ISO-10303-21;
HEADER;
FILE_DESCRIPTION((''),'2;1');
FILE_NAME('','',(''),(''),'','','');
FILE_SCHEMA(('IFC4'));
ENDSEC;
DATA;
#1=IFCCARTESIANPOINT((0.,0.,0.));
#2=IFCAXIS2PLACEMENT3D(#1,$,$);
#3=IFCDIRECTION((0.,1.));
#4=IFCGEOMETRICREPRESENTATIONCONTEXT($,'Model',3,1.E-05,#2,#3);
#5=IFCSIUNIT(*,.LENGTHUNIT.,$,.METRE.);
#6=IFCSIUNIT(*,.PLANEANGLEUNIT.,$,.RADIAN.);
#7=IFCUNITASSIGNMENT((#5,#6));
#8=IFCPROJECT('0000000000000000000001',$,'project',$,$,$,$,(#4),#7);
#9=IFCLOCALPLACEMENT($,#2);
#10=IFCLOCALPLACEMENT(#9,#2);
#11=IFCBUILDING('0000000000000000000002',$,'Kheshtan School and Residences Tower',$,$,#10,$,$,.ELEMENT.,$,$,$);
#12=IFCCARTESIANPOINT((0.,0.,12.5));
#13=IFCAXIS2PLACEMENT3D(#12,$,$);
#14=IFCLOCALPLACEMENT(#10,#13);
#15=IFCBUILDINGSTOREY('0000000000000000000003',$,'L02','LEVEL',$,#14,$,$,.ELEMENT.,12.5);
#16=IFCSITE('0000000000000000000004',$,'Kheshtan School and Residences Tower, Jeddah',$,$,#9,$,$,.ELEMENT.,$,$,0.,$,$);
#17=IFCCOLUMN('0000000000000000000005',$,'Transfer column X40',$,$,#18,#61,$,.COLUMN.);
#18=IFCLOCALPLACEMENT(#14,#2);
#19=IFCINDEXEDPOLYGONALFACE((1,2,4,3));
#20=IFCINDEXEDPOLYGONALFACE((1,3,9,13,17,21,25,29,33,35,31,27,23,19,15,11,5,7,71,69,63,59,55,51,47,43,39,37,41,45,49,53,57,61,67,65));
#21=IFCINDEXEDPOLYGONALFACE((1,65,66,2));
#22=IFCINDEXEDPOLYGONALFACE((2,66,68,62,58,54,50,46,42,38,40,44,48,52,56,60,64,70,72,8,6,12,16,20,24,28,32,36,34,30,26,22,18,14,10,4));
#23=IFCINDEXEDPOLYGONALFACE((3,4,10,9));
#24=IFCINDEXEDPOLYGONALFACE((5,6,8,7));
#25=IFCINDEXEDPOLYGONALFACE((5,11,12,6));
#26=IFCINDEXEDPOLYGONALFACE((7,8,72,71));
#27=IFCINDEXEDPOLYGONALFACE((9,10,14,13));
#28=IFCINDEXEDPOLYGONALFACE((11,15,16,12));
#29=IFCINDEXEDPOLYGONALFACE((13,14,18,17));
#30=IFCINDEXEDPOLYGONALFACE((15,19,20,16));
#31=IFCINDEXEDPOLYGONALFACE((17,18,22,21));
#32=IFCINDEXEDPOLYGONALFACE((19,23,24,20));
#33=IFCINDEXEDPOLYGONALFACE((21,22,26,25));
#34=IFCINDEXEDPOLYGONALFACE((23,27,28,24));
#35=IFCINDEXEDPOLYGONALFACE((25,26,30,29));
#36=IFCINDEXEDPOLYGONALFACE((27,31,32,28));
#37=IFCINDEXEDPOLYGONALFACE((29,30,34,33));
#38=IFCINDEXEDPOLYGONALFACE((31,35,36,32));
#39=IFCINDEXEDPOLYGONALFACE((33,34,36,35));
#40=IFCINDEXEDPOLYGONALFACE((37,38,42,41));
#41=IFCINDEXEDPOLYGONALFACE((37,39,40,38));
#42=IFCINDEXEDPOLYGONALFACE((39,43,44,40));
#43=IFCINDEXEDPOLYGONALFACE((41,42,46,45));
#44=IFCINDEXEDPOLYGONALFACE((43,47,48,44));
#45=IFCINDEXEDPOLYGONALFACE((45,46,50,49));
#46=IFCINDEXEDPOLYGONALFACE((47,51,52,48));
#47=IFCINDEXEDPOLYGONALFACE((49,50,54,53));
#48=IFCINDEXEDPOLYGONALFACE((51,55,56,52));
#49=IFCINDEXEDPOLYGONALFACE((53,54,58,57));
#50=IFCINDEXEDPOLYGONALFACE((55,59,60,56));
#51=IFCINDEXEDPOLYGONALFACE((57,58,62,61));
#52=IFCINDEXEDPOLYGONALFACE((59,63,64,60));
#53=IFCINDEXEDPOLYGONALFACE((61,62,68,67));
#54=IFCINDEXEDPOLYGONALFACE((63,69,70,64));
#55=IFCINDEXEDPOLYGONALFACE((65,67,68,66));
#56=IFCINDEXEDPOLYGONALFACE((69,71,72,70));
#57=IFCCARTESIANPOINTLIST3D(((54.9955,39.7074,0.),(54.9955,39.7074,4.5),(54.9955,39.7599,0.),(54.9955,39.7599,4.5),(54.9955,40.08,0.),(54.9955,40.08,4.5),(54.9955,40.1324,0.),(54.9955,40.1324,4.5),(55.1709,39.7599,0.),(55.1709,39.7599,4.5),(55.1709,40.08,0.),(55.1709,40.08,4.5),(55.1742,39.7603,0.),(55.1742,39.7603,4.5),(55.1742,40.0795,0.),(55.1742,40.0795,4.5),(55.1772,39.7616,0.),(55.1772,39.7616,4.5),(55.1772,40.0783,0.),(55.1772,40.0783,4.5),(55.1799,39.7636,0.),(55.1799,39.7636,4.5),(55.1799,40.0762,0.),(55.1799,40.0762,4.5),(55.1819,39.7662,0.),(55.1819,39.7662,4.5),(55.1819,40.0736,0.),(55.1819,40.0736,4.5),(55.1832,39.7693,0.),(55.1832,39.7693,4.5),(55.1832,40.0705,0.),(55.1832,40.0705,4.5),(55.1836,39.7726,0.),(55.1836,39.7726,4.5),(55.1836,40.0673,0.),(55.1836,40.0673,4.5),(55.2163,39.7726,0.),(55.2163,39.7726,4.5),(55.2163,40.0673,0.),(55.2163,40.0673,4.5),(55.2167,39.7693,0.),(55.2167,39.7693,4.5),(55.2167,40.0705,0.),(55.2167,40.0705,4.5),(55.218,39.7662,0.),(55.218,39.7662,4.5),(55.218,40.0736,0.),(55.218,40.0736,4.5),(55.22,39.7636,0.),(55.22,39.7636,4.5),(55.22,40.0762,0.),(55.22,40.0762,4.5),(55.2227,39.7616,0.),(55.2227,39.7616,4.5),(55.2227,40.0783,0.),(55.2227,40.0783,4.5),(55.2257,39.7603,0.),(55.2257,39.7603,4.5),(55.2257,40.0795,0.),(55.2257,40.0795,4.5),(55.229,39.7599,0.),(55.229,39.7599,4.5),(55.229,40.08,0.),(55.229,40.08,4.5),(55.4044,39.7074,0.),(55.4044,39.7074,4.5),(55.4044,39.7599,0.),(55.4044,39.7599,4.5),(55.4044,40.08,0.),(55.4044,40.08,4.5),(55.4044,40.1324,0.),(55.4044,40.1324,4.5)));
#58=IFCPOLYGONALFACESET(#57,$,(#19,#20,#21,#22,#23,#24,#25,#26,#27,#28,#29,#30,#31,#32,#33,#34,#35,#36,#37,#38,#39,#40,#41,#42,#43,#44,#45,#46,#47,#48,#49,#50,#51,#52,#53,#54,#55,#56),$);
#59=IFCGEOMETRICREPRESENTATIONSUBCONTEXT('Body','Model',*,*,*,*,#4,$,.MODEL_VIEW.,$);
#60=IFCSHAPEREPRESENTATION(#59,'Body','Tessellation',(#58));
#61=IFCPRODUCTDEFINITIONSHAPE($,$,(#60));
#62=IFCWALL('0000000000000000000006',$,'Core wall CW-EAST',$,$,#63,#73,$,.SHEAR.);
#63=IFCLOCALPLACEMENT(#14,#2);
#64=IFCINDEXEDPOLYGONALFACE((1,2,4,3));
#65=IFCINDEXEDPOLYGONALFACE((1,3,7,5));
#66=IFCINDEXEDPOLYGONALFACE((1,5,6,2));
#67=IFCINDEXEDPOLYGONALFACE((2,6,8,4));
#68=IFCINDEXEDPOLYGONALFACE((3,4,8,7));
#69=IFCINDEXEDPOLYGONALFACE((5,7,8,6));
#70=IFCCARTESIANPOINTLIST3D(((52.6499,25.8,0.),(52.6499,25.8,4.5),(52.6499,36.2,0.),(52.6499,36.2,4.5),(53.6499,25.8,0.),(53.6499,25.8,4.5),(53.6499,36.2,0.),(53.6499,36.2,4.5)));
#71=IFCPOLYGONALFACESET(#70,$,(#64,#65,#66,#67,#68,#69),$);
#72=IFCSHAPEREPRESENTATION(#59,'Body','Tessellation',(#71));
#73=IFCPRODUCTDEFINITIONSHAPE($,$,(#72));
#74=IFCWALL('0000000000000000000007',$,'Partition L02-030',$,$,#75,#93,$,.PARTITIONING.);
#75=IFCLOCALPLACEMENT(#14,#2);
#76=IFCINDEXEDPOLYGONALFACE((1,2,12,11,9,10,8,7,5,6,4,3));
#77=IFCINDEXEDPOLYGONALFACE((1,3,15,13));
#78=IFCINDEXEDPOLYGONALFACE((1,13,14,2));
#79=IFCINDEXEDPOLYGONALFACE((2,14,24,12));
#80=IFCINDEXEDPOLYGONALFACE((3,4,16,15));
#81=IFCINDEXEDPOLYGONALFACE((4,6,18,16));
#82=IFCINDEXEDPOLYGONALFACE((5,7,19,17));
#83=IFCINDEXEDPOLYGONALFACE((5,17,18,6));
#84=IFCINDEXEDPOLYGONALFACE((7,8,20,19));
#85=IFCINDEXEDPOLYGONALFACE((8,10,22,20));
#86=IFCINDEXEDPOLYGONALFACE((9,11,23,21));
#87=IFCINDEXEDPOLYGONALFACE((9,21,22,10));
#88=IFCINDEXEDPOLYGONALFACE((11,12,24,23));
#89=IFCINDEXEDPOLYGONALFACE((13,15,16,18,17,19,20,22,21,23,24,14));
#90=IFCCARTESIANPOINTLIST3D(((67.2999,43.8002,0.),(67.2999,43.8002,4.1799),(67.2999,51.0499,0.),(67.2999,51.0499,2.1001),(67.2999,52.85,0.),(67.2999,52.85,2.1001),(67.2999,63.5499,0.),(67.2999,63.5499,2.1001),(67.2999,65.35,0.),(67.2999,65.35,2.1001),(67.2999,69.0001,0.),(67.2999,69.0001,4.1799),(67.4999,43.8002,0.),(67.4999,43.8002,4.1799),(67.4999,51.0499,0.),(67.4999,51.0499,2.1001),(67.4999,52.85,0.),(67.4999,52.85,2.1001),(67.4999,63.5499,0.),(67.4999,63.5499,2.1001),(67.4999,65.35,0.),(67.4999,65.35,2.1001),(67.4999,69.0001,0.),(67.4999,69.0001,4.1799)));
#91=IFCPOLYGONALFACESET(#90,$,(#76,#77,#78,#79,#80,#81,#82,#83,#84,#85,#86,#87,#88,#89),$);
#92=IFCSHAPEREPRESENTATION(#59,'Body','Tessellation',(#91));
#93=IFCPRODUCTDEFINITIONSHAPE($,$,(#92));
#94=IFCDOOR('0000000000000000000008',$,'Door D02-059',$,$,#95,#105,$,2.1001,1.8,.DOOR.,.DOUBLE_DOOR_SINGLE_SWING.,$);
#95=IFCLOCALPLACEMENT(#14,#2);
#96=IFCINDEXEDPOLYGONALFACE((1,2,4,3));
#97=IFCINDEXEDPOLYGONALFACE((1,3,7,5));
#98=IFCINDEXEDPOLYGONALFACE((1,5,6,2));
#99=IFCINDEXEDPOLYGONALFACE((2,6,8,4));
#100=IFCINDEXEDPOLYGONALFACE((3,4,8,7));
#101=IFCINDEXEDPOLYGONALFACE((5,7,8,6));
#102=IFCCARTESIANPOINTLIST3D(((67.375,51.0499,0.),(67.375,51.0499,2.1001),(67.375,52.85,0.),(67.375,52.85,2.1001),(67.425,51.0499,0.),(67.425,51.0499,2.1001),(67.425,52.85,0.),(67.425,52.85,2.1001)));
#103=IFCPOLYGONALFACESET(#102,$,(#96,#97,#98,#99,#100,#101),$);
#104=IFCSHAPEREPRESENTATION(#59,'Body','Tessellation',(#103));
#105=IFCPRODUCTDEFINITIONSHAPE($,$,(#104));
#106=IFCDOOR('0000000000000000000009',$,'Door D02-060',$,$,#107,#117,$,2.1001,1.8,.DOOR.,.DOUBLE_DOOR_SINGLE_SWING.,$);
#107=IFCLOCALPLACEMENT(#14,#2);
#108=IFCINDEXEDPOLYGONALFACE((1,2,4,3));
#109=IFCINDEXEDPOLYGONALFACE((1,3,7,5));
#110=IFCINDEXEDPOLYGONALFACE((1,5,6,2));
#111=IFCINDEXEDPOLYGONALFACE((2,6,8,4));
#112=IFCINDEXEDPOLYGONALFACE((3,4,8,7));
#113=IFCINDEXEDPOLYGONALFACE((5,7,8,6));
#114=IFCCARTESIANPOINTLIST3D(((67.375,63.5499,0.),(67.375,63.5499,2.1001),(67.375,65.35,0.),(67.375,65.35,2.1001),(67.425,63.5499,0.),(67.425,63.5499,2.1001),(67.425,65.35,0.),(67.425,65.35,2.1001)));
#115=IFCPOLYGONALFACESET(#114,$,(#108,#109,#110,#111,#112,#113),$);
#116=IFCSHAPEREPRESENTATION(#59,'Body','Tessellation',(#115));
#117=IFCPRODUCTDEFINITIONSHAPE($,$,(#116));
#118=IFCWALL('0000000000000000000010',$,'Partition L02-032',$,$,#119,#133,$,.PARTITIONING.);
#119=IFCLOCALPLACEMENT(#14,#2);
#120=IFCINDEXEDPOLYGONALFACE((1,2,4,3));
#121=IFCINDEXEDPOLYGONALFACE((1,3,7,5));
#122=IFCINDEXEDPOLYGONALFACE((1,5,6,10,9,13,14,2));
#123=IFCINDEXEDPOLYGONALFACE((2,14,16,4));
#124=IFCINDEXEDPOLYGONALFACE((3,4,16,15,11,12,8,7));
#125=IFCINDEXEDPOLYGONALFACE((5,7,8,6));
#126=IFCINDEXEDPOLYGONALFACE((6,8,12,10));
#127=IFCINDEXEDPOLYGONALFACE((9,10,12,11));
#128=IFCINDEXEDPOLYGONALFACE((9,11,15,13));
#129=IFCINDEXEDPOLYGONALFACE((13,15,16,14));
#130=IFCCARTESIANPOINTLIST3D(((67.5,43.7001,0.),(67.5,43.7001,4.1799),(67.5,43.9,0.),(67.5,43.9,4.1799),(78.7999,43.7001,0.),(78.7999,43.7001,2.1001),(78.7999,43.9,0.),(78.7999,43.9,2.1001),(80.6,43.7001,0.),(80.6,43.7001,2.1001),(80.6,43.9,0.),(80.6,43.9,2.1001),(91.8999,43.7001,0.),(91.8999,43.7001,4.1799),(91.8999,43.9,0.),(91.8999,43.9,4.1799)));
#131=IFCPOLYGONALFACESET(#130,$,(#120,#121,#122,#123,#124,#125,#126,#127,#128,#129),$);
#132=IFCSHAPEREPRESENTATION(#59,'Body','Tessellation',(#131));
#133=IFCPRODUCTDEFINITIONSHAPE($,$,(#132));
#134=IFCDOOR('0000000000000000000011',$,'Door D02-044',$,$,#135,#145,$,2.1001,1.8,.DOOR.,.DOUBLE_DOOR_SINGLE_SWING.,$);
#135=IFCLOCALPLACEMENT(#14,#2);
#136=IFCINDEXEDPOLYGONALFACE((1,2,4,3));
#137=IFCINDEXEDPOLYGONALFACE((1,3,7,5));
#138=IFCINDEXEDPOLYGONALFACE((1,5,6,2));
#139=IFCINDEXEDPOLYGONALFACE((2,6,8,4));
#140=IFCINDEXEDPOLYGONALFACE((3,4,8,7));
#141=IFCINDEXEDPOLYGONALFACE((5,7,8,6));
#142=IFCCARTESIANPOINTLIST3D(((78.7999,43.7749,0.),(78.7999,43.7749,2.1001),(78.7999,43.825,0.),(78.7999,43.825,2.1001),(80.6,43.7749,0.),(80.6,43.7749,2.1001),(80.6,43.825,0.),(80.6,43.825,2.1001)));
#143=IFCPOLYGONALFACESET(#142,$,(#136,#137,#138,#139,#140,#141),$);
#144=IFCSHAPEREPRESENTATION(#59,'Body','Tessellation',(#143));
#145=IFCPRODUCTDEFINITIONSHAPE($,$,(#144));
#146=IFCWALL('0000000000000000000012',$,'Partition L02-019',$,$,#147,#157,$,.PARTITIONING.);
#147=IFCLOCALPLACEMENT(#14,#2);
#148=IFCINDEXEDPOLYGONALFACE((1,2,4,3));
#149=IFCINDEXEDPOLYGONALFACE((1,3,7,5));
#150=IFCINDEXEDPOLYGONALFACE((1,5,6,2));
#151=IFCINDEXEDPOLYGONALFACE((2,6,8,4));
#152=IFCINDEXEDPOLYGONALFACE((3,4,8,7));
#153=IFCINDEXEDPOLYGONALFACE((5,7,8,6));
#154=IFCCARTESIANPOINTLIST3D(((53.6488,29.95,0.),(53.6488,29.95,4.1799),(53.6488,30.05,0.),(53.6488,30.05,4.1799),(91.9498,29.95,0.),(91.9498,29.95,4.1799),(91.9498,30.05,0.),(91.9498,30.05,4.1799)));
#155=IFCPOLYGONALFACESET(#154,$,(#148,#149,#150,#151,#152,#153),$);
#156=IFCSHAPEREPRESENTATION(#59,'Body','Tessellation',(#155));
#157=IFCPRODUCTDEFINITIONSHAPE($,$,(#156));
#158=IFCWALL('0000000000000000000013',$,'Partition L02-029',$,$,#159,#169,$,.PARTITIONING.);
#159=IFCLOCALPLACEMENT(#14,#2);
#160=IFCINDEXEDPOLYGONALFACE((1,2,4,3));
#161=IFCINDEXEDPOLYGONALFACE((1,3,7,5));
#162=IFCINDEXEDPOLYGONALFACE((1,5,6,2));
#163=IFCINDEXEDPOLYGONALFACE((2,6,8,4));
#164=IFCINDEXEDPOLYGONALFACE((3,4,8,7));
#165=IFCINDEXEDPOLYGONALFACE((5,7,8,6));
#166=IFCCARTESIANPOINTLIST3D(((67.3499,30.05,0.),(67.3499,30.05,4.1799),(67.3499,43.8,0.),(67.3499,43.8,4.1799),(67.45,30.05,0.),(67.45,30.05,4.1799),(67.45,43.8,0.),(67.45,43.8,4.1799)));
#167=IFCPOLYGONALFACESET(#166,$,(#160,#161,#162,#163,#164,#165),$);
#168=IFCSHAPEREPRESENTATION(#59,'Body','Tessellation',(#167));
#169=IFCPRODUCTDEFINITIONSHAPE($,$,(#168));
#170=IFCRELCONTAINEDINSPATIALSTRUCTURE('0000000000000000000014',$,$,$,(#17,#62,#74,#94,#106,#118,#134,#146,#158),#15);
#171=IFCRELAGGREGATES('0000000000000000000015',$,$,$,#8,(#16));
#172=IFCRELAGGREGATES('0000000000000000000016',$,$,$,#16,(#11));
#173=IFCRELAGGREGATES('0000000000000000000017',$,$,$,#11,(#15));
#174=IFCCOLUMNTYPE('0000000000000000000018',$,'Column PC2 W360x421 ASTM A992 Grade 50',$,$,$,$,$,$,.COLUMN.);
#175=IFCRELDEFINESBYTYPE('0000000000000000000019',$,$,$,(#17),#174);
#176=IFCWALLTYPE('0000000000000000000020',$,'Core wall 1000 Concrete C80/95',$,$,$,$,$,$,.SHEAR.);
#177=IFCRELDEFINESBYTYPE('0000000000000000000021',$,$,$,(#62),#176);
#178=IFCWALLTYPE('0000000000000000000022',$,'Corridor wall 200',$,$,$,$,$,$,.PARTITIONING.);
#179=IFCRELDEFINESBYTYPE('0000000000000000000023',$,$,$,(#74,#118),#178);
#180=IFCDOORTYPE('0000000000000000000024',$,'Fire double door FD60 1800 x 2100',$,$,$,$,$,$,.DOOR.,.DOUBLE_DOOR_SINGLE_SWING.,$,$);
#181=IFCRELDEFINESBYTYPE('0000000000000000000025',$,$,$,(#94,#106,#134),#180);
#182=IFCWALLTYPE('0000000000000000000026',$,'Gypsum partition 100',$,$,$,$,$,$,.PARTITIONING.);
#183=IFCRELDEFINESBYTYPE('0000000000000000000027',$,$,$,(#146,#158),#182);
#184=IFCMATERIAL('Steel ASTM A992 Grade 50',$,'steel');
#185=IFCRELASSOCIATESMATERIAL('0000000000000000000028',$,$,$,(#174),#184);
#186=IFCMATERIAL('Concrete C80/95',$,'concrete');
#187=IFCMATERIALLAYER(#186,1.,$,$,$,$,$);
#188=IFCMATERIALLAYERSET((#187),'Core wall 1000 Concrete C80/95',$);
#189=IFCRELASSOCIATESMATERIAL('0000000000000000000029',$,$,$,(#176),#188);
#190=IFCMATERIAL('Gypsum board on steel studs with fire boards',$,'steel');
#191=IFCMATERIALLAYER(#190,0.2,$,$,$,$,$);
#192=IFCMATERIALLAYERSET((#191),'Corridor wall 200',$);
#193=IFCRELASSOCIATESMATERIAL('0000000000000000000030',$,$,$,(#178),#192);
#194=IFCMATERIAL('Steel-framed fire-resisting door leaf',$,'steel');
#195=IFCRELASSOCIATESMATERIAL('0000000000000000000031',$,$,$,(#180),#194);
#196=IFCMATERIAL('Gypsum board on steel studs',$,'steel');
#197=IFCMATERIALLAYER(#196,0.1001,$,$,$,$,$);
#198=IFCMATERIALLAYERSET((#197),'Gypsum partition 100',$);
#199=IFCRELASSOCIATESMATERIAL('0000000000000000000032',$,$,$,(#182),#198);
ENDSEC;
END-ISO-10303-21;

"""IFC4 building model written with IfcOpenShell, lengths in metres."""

from ifc_helpers import new_model, si_unit, direction, frame, frame_2d, origin, origin_2d, place, context, subcontext, project, spatial, rectangle, i_section, extrude, source, transform, mapped, material, layer, layer_set, material_profile, profile_set, type_object, element, fill, save


model = new_model("IFC4")

# Units and contexts
model_context = context("Model", 3, precision=1e-05, world=origin(), true_north=direction((0.0, 1.0)))
body_context = subcontext(model_context, "Body", "Model", "MODEL_VIEW")
ifc_project = project(units=[si_unit("LENGTHUNIT", "METRE"), si_unit("PLANEANGLEUNIT", "RADIAN")], contexts=[model_context])

# Site, building, storey
site_placement = place(None, origin())
site = spatial("IfcSite", under=ifc_project, at=site_placement, Name="Kheshtan School and Residences Tower, Jeddah", CompositionType="ELEMENT", RefElevation=0.0)
building_placement = place(site_placement, origin())
building = spatial("IfcBuilding", under=site, at=building_placement, Name="Kheshtan School and Residences Tower", CompositionType="ELEMENT")
storey_placement = place(building_placement, frame((0.0, 0.0, 12.5)))
storey = spatial("IfcBuildingStorey", under=building, at=storey_placement, Name="L02", Description="LEVEL", CompositionType="ELEMENT", Elevation=12.5)

# Column
ifc_material_1 = material(Name="Steel ASTM A992 Grade 50", Category="steel")
ifc_material_profile = material_profile(ifc_material_1, i_section(OverallWidth=0.4089, OverallDepth=0.425, WebThickness=0.0327, FlangeThickness=0.0525, FilletRadius=0.0127, at=origin_2d()), Name="W360x421")
ifc_profile_set = profile_set([ifc_material_profile], Name="Steel ASTM A992 Grade 50")
column_type = type_object("IfcColumnType", Name="Column PC2 W360x421 ASTM A992 Grade 50", PredefinedType="COLUMN", material=ifc_profile_set)
for number, where, z_axis, x_axis, name in (
    (1, (55.2, 39.9199, 0.0), (0.0, 0.0, 1.0), (1.0, 0.0, 0.0), "Transfer column X40"),
):
    element("IfcColumn", number, at=place(storey_placement, frame(where, z_axis=z_axis, x_axis=x_axis)), inside=storey, type_object=column_type, Name=name, PredefinedType="COLUMN", context=body_context, shape_type="SweptSolid", body=[
        extrude(i_section(OverallWidth=0.4089, OverallDepth=0.425, WebThickness=0.0327, FlangeThickness=0.0525, FilletRadius=0.0127, at=origin_2d()), origin(), (0.0, 0.0, 1.0), 4.5),
    ])

# Wall
ifc_material_2 = material(Name="Concrete C80/95", Category="concrete")
ifc_layer_1 = layer(ifc_material_2, 1.0)
ifc_layer_set_1 = layer_set([ifc_layer_1], Name="Core wall 1000 Concrete C80/95")
wall_type_1 = type_object("IfcWallType", Name="Core wall 1000 Concrete C80/95", PredefinedType="SHEAR", material=ifc_layer_set_1)
wall_1_placement = place(storey_placement, frame((53.1499, 25.8, 0.0), z_axis=(0.0, 0.0, 1.0), x_axis=(0.0, 1.0, 0.0)))
element("IfcWall", 2, at=wall_1_placement, inside=storey, type_object=wall_type_1, Name="Core wall CW-EAST", PredefinedType="SHEAR", context=body_context, shape_type="SweptSolid", body=[
    extrude(rectangle(XDim=10.3999, YDim=1.0, at=frame_2d((5.2, 0.0))), origin(), (0.0, 0.0, 1.0), 4.5),
])

# Wall, openings, doors
ifc_material_3 = material(Name="Gypsum board on steel studs with fire boards", Category="steel")
ifc_layer_2 = layer(ifc_material_3, 0.2)
ifc_layer_set_2 = layer_set([ifc_layer_2], Name="Corridor wall 200")
wall_type_2 = type_object("IfcWallType", Name="Corridor wall 200", PredefinedType="PARTITIONING", material=ifc_layer_set_2)
wall_2_placement = place(storey_placement, frame((67.3999, 43.8, 0.0), z_axis=(0.0, 0.0, 1.0), x_axis=(0.0, 1.0, 0.0)))
wall_2 = element("IfcWall", 3, at=wall_2_placement, inside=storey, type_object=wall_type_2, Name="Partition L02-030", PredefinedType="PARTITIONING", context=body_context, shape_type="SweptSolid", body=[
    extrude(rectangle(XDim=25.2, YDim=0.2, at=frame_2d((12.6001, 0.0))), origin(), (0.0, 0.0, 1.0), 4.1799),
])
opening_1_placement = place(wall_2_placement, frame((7.25, 0.0, 0.0)))
opening_1 = element("IfcOpeningElement", 4, at=opening_1_placement, cuts=wall_2, PredefinedType="OPENING", context=body_context, shape_type="SweptSolid", body=[
    extrude(rectangle(XDim=1.8, YDim=2.1001, at=frame_2d((0.8999, 1.05))), frame((0.0, 0.1099, 0.0), z_axis=(0.0, -1.0, 0.0), x_axis=(1.0, 0.0, 0.0)), (0.0, 0.0, 1.0), 0.22),
])
opening_2_placement = place(wall_2_placement, frame((19.75, 0.0, 0.0)))
opening_2 = element("IfcOpeningElement", 5, at=opening_2_placement, cuts=wall_2, PredefinedType="OPENING", context=body_context, shape_type="SweptSolid", body=[
    extrude(rectangle(XDim=1.8, YDim=2.1001, at=frame_2d((0.8999, 1.05))), frame((0.0, 0.1099, 0.0), z_axis=(0.0, -1.0, 0.0), x_axis=(1.0, 0.0, 0.0)), (0.0, 0.0, 1.0), 0.22),
])
ifc_material_4 = material(Name="Steel-framed fire-resisting door leaf", Category="steel")
door_type = type_object("IfcDoorType", Name="Fire double door FD60 1800 x 2100", OperationType="DOUBLE_DOOR_SINGLE_SWING", PredefinedType="DOOR", material=ifc_material_4)
shared_shape = source(origin(), body_context, "Body", "SweptSolid", [
    extrude(rectangle(XDim=1.8, YDim=2.1001, at=frame_2d((0.8999, 1.05))), frame((0.0, 0.0249, 0.0), z_axis=(0.0, -1.0, 0.0), x_axis=(1.0, 0.0, 0.0)), (0.0, 0.0, 1.0), 0.05),
])
door_1_placement = place(opening_1_placement, origin())
door_1 = element("IfcDoor", 6, at=door_1_placement, inside=storey, type_object=door_type, Name="Door D02-059", OperationType="DOUBLE_DOOR_SINGLE_SWING", OverallHeight=2.1001, OverallWidth=1.8, PredefinedType="DOOR", context=body_context, shape_type="MappedRepresentation", body=[
    mapped(shared_shape, transform((0.0, 0.0, 0.0), x_axis=(1.0, 0.0, 0.0), y_axis=(0.0, 1.0, 0.0), z_axis=(0.0, 0.0, 1.0), scale=1.0)),
])
fill(opening_1, door_1)
door_2_placement = place(opening_2_placement, origin())
door_2 = element("IfcDoor", 7, at=door_2_placement, inside=storey, type_object=door_type, Name="Door D02-060", OperationType="DOUBLE_DOOR_SINGLE_SWING", OverallHeight=2.1001, OverallWidth=1.8, PredefinedType="DOOR", context=body_context, shape_type="MappedRepresentation", body=[
    mapped(shared_shape, transform((0.0, 0.0, 0.0), x_axis=(1.0, 0.0, 0.0), y_axis=(0.0, 1.0, 0.0), z_axis=(0.0, 0.0, 1.0), scale=1.0)),
])
fill(opening_2, door_2)

# Wall, opening, door
wall_3_placement = place(storey_placement, frame((67.5, 43.8, 0.0), z_axis=(0.0, 0.0, 1.0), x_axis=(1.0, 0.0, 0.0)))
wall_3 = element("IfcWall", 8, at=wall_3_placement, inside=storey, type_object=wall_type_2, Name="Partition L02-032", PredefinedType="PARTITIONING", context=body_context, shape_type="SweptSolid", body=[
    extrude(rectangle(XDim=24.3999, YDim=0.2, at=frame_2d((12.2, 0.0))), origin(), (0.0, 0.0, 1.0), 4.1799),
])
opening_3_placement = place(wall_3_placement, frame((11.3, 0.0, 0.0)))
opening_3 = element("IfcOpeningElement", 9, at=opening_3_placement, cuts=wall_3, PredefinedType="OPENING", context=body_context, shape_type="SweptSolid", body=[
    extrude(rectangle(XDim=1.8, YDim=2.1001, at=frame_2d((0.8999, 1.05))), frame((0.0, 0.1099, 0.0), z_axis=(0.0, -1.0, 0.0), x_axis=(1.0, 0.0, 0.0)), (0.0, 0.0, 1.0), 0.22),
])
door_3_placement = place(opening_3_placement, origin())
door_3 = element("IfcDoor", 10, at=door_3_placement, inside=storey, type_object=door_type, Name="Door D02-044", OperationType="DOUBLE_DOOR_SINGLE_SWING", OverallHeight=2.1001, OverallWidth=1.8, PredefinedType="DOOR", context=body_context, shape_type="MappedRepresentation", body=[
    mapped(shared_shape, transform((0.0, 0.0, 0.0), x_axis=(1.0, 0.0, 0.0), y_axis=(0.0, 1.0, 0.0), z_axis=(0.0, 0.0, 1.0), scale=1.0)),
])
fill(opening_3, door_3)

# Walls
ifc_material_5 = material(Name="Gypsum board on steel studs", Category="steel")
ifc_layer_3 = layer(ifc_material_5, 0.1001)
ifc_layer_set_3 = layer_set([ifc_layer_3], Name="Gypsum partition 100")
wall_type_3 = type_object("IfcWallType", Name="Gypsum partition 100", PredefinedType="PARTITIONING", material=ifc_layer_set_3)
wall_4_placement = place(storey_placement, frame((53.6489, 30.0, 0.0), z_axis=(0.0, 0.0, 1.0), x_axis=(1.0, 0.0, 0.0)))
element("IfcWall", 11, at=wall_4_placement, inside=storey, type_object=wall_type_3, Name="Partition L02-019", PredefinedType="PARTITIONING", context=body_context, shape_type="SweptSolid", body=[
    extrude(rectangle(XDim=38.301, YDim=0.1001, at=frame_2d((19.1504, 0.0))), origin(), (0.0, 0.0, 1.0), 4.1799),
])
wall_5_placement = place(storey_placement, frame((67.3999, 30.05, 0.0), z_axis=(0.0, 0.0, 1.0), x_axis=(0.0, 1.0, 0.0)))
element("IfcWall", 12, at=wall_5_placement, inside=storey, type_object=wall_type_3, Name="Partition L02-029", PredefinedType="PARTITIONING", context=body_context, shape_type="SweptSolid", body=[
    extrude(rectangle(XDim=13.75, YDim=0.1001, at=frame_2d((6.875, 0.0))), origin(), (0.0, 0.0, 1.0), 4.1799),
])

save(model, "model.ifc")
